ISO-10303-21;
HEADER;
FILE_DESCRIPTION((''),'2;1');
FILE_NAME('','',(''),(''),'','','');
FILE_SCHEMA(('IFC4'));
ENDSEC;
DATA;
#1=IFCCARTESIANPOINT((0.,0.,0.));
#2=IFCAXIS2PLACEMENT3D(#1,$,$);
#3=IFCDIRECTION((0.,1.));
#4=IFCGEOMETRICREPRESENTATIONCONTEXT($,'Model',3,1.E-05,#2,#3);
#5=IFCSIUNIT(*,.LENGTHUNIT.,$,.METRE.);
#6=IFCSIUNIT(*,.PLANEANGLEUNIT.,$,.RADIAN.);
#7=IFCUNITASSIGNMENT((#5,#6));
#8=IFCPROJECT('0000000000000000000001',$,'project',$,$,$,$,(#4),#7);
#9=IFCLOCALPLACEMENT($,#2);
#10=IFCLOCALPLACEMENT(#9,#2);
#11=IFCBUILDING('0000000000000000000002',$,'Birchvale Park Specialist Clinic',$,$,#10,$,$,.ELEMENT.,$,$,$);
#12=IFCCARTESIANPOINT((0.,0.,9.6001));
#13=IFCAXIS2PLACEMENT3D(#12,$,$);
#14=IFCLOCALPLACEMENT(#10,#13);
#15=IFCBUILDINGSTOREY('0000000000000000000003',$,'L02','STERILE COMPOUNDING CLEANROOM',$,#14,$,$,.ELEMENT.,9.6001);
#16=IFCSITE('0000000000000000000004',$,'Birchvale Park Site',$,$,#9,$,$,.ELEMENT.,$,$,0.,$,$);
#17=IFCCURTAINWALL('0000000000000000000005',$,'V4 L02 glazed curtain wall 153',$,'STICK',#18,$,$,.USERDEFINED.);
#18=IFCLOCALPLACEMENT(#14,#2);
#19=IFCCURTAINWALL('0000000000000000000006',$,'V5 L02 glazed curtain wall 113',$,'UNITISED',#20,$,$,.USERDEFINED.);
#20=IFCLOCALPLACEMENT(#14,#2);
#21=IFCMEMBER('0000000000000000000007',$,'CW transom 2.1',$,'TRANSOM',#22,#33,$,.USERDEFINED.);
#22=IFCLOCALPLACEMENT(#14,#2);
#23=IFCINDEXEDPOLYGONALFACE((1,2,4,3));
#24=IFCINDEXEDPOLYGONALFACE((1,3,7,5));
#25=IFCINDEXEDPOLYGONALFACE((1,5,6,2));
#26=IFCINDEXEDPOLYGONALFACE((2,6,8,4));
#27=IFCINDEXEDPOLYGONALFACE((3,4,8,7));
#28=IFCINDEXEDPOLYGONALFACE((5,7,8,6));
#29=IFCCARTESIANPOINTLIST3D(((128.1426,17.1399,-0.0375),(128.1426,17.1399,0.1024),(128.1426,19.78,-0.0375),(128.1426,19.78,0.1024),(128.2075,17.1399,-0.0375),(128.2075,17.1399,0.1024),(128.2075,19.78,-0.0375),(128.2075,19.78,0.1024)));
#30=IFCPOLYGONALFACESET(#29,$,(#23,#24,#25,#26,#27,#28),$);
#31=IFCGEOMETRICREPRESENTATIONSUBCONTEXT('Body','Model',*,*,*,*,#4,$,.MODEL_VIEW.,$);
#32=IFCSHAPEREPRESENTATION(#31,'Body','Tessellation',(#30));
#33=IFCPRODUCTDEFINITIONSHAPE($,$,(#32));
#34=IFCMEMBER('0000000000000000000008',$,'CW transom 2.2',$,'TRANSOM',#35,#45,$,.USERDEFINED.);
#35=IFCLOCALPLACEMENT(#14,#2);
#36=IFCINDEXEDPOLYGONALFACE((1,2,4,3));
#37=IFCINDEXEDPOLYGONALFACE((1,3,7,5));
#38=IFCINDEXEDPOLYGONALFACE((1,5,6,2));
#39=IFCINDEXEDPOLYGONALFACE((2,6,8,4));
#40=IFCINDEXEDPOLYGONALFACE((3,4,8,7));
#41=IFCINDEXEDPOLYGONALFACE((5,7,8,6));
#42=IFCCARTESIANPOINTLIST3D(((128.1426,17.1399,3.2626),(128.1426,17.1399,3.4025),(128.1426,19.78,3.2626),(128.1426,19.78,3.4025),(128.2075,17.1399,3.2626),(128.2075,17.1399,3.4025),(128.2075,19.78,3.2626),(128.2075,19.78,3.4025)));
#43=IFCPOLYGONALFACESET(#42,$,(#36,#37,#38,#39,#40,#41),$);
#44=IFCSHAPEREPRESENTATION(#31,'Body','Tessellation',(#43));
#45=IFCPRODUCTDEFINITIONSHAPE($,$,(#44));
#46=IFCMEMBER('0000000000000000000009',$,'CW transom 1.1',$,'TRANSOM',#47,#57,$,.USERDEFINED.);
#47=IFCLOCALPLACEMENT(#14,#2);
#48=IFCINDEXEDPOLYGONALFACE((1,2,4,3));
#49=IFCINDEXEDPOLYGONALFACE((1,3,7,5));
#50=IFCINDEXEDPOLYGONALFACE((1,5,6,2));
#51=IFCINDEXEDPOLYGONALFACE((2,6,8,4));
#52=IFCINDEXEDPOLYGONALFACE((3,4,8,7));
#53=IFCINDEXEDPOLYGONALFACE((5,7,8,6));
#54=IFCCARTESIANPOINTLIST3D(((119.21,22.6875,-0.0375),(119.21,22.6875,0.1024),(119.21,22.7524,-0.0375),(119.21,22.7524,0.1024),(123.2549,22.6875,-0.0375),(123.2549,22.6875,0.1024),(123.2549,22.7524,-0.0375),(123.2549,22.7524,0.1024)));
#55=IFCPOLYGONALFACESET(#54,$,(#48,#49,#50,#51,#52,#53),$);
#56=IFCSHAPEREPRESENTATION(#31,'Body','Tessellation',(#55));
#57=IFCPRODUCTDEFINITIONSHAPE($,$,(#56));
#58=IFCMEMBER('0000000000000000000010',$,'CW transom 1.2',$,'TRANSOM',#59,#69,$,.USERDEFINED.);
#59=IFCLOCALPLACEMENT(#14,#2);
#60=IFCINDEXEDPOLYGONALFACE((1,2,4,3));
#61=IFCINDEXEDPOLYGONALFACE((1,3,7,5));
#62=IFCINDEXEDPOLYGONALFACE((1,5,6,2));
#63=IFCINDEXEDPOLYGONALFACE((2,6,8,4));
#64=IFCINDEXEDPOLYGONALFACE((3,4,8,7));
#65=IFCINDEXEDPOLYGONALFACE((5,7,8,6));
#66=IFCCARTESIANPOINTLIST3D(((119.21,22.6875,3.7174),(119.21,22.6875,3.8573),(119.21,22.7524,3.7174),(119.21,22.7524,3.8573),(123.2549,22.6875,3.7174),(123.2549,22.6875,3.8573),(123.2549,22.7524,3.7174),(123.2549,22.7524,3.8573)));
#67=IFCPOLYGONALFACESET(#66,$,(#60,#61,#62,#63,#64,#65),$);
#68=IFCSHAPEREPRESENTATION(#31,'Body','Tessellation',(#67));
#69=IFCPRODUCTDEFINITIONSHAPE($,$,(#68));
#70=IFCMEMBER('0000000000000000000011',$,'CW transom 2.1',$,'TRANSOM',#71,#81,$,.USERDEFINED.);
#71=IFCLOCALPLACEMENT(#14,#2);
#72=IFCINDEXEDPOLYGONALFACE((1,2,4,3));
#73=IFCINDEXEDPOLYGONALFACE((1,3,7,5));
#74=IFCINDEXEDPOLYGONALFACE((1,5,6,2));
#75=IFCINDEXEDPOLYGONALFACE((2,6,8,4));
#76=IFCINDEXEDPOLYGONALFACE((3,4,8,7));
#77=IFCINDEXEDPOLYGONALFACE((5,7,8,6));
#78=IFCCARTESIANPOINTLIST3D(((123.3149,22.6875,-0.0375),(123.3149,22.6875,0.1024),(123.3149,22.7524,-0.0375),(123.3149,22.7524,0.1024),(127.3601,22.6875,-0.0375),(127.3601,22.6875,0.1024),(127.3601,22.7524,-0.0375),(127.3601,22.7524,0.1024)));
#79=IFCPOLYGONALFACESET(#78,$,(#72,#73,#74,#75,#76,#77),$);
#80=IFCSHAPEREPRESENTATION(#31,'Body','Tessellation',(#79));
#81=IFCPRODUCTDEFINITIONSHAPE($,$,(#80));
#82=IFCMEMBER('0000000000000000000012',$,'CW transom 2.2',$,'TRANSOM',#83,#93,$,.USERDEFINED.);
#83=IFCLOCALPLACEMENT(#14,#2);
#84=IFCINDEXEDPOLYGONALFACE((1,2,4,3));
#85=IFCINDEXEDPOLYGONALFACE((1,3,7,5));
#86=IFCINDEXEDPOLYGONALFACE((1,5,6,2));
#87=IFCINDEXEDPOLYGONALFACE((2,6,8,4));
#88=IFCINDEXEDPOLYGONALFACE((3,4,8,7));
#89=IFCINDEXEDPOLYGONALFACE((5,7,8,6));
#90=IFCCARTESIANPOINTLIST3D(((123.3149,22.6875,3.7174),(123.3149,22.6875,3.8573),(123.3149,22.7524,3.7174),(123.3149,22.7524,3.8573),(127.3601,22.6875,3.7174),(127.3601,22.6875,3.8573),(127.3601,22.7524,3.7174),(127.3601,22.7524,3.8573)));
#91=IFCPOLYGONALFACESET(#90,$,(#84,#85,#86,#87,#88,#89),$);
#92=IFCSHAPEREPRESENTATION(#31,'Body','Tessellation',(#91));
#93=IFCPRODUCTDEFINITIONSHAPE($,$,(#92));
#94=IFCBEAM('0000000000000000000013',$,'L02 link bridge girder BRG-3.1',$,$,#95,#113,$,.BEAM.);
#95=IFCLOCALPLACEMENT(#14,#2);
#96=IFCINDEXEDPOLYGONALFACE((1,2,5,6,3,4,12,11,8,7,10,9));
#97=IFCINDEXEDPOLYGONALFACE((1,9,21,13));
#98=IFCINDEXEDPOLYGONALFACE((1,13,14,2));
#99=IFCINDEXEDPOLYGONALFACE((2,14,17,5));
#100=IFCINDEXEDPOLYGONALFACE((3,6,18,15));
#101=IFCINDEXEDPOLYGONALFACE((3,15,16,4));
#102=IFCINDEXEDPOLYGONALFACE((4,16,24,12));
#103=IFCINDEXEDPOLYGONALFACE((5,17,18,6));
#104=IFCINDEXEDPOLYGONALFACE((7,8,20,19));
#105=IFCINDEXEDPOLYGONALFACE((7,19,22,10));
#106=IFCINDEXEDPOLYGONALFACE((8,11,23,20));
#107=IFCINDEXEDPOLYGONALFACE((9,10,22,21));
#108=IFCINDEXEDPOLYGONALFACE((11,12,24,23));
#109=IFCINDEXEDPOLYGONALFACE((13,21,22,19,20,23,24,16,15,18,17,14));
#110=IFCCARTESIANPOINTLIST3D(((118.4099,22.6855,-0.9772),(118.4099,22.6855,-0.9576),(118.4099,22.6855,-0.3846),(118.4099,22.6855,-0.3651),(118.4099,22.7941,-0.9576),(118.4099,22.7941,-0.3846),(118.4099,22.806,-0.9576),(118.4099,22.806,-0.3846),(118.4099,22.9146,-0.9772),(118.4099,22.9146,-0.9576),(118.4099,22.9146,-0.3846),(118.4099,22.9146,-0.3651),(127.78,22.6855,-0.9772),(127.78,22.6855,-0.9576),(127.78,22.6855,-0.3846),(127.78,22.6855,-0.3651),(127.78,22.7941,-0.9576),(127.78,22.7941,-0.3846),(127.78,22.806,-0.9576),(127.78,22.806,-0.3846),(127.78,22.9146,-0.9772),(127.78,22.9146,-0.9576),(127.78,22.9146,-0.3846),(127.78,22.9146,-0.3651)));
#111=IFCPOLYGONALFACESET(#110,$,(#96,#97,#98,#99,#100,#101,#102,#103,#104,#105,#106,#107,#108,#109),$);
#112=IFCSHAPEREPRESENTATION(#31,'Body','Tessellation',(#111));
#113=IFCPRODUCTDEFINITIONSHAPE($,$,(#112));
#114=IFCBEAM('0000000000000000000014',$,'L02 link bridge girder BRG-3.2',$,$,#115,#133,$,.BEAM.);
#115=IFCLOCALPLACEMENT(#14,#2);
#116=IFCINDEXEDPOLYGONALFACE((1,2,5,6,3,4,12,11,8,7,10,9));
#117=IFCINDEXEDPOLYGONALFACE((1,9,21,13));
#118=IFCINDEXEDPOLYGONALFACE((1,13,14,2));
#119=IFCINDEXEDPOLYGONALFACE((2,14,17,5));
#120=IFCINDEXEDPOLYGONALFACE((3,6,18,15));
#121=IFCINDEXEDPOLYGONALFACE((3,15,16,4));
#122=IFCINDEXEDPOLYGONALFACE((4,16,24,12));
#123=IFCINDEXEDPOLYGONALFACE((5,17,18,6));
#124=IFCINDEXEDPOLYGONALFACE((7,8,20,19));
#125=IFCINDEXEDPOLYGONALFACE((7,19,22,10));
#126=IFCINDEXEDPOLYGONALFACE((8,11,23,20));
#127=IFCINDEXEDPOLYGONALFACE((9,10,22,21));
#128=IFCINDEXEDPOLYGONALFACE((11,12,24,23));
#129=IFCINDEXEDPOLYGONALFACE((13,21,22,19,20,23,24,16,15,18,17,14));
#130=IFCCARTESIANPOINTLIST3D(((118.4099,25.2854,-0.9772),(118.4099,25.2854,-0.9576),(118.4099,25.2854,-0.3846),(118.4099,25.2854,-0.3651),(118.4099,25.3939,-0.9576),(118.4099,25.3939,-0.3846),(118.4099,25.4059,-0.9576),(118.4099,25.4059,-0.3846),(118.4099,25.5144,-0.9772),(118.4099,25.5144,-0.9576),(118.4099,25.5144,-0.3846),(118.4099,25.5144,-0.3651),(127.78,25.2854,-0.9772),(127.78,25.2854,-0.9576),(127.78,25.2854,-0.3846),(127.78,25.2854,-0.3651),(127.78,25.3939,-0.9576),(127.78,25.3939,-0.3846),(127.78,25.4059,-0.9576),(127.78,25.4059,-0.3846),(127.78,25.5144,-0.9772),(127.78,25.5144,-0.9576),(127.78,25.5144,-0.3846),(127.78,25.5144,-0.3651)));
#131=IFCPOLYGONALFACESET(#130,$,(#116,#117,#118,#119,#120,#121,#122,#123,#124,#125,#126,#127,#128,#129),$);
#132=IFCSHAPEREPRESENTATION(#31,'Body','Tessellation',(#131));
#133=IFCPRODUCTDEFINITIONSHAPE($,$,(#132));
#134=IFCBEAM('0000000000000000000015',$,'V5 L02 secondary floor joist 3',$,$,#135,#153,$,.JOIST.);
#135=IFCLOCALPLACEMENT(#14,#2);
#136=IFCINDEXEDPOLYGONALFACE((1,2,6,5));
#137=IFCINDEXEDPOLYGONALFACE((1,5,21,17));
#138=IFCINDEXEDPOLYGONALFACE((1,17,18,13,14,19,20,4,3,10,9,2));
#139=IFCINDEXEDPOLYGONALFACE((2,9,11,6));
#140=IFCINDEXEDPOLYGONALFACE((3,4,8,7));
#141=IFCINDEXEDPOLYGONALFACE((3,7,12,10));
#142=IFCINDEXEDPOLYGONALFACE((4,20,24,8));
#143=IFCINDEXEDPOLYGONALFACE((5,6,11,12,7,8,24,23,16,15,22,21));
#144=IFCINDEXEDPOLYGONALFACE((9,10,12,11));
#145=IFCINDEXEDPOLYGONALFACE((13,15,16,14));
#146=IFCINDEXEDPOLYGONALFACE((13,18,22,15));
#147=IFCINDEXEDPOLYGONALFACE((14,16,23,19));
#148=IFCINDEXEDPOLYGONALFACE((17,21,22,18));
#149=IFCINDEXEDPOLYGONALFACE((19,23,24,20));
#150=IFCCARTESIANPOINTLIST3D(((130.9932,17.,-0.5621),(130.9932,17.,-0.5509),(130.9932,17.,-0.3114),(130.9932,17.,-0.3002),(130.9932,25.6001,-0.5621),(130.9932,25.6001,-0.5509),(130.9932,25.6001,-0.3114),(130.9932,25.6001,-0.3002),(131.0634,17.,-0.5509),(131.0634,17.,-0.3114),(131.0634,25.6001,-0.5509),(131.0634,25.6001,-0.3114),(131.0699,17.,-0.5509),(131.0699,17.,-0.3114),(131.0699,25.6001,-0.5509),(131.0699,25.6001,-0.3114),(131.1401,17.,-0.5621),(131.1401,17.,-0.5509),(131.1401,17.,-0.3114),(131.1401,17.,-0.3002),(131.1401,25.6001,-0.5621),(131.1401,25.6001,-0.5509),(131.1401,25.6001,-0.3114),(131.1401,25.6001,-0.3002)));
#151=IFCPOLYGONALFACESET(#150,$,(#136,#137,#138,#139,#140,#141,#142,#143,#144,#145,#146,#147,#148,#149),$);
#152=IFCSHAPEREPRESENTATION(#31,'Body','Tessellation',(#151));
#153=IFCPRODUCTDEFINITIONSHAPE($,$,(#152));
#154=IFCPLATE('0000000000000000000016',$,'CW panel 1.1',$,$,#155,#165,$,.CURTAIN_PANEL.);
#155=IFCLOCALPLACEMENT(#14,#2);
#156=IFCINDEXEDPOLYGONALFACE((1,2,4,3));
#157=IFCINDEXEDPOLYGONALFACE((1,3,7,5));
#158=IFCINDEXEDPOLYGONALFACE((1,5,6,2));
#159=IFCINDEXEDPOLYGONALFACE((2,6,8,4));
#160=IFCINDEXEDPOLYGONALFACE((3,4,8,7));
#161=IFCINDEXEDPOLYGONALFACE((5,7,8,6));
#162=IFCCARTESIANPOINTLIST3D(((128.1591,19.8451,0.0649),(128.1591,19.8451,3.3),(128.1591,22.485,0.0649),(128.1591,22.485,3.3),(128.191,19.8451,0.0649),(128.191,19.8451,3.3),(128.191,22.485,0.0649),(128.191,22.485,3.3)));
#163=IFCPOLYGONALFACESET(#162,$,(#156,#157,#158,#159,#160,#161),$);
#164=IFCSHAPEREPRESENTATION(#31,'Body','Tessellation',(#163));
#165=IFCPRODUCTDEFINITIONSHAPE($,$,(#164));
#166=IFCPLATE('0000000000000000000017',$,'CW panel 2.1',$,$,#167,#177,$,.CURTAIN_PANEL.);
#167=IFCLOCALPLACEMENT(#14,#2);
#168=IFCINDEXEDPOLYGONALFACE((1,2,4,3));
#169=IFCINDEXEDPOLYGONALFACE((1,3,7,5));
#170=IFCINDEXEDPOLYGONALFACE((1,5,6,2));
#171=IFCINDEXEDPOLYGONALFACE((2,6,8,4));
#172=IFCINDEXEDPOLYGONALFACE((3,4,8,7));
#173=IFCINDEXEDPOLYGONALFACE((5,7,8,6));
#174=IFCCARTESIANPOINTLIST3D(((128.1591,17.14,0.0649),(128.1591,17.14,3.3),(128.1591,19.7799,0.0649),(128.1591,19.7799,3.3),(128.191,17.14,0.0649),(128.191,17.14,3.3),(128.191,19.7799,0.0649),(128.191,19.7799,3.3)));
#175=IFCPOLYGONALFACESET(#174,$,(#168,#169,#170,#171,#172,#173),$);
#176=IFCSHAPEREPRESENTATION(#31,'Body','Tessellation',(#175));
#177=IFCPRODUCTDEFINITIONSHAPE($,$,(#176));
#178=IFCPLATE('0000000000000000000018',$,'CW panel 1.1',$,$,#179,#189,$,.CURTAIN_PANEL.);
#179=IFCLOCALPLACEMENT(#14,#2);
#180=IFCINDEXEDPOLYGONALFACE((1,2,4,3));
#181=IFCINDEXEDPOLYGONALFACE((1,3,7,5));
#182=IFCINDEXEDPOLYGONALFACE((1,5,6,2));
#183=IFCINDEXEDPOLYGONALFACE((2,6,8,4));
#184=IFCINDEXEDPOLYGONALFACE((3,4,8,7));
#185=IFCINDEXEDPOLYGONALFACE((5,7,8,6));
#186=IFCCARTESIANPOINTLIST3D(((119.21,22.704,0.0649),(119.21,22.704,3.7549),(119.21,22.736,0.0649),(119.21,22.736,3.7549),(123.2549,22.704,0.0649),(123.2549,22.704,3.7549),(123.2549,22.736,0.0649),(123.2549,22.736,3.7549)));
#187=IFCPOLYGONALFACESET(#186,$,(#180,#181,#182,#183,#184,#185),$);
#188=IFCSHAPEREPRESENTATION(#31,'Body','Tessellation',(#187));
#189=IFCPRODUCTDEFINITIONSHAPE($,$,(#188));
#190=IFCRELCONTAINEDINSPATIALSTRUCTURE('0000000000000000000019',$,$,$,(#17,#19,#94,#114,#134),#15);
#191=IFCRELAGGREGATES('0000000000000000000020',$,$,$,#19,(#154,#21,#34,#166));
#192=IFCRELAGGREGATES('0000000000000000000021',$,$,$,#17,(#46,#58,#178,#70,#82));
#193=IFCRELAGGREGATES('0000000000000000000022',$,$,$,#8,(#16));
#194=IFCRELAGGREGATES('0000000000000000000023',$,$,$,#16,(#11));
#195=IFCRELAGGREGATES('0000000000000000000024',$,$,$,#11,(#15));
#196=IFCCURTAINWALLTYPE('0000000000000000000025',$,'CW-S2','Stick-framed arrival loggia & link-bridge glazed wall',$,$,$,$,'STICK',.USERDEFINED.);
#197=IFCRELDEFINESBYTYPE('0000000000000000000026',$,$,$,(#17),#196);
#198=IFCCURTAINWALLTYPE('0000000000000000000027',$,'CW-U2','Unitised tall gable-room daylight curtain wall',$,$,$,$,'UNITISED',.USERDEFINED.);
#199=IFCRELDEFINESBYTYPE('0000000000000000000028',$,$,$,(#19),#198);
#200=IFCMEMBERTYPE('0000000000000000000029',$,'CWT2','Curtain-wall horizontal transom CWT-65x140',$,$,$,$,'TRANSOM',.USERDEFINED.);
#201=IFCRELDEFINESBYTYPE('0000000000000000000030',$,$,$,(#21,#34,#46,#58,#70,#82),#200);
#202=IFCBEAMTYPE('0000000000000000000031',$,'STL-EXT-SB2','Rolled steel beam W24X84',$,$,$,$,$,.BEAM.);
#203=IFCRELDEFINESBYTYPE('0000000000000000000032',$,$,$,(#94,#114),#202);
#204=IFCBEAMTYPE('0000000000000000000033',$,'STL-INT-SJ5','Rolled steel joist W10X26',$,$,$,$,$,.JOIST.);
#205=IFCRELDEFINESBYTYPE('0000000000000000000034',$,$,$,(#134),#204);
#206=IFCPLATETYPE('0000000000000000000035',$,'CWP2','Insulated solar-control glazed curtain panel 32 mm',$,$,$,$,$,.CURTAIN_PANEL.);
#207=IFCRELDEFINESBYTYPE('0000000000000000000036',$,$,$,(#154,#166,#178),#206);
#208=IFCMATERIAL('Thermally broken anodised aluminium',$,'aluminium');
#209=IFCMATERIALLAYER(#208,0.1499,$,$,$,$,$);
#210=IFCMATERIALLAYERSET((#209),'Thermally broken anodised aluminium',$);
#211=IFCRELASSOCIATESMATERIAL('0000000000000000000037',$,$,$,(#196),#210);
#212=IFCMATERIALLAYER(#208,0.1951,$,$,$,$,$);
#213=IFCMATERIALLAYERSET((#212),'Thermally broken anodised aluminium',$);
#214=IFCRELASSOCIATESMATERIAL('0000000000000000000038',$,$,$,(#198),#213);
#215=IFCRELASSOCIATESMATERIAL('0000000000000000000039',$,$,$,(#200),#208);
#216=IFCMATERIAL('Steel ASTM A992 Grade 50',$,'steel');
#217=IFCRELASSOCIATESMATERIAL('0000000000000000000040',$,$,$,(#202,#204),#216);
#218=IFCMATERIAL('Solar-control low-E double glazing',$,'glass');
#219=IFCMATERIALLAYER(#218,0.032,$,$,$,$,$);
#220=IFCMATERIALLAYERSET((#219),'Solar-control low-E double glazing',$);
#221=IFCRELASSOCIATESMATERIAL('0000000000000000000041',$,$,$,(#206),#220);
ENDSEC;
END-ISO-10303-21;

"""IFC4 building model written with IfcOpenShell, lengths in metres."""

from ifc_helpers import new_model, si_unit, direction, frame, origin, origin_2d, place, context, subcontext, project, spatial, rectangle, i_section, extrude, material, layer, layer_set, material_profile, profile_set, type_object, element, aggregate, save


model = new_model("IFC4")

# Units and contexts
model_context = context("Model", 3, precision=1e-05, world=origin(), true_north=direction((0.0, 1.0)))
body_context = subcontext(model_context, "Body", "Model", "MODEL_VIEW")
ifc_project = project(units=[si_unit("LENGTHUNIT", "METRE"), si_unit("PLANEANGLEUNIT", "RADIAN")], contexts=[model_context])

# Site, building, storey
site_placement = place(None, origin())
site = spatial("IfcSite", under=ifc_project, at=site_placement, Name="Birchvale Park Site", CompositionType="ELEMENT", RefElevation=0.0)
building_placement = place(site_placement, origin())
building = spatial("IfcBuilding", under=site, at=building_placement, Name="Birchvale Park Specialist Clinic", CompositionType="ELEMENT")
storey_placement = place(building_placement, frame((0.0, 0.0, 9.6001)))
storey = spatial("IfcBuildingStorey", under=building, at=storey_placement, Name="L02", Description="STERILE COMPOUNDING CLEANROOM", CompositionType="ELEMENT", Elevation=9.6001)

# Curtain wall
ifc_material_1 = material(Name="Thermally broken anodised aluminium", Category="aluminium")
ifc_layer_1 = layer(ifc_material_1, 0.1499)
ifc_layer_set_1 = layer_set([ifc_layer_1], Name="Thermally broken anodised aluminium")
curtain_wall_type_1 = type_object("IfcCurtainWallType", Name="CW-S2", Description="Stick-framed arrival loggia & link-bridge glazed wall", ElementType="STICK", PredefinedType="USERDEFINED", material=ifc_layer_set_1)
curtain_wall_1_placement = place(storey_placement, origin())
curtain_wall_1 = element("IfcCurtainWall", 1, at=curtain_wall_1_placement, inside=storey, type_object=curtain_wall_type_1, Name="V4 L02 glazed curtain wall 153", ObjectType="STICK", PredefinedType="USERDEFINED")

# Curtain wall, members
ifc_layer_2 = layer(ifc_material_1, 0.1951)
ifc_layer_set_2 = layer_set([ifc_layer_2], Name="Thermally broken anodised aluminium")
curtain_wall_type_2 = type_object("IfcCurtainWallType", Name="CW-U2", Description="Unitised tall gable-room daylight curtain wall", ElementType="UNITISED", PredefinedType="USERDEFINED", material=ifc_layer_set_2)
curtain_wall_2_placement = place(storey_placement, origin())
curtain_wall_2 = element("IfcCurtainWall", 2, at=curtain_wall_2_placement, inside=storey, type_object=curtain_wall_type_2, Name="V5 L02 glazed curtain wall 113", ObjectType="UNITISED", PredefinedType="USERDEFINED")
ifc_material_profile_1 = material_profile(ifc_material_1, rectangle(XDim=0.0649, YDim=0.1399, at=origin_2d()), Name="CWT-65x140")
ifc_profile_set_1 = profile_set([ifc_material_profile_1], Name="Thermally broken anodised aluminium")
member_type_1 = type_object("IfcMemberType", Name="CWT2", Description="Curtain-wall horizontal transom CWT-65x140", ElementType="TRANSOM", PredefinedType="USERDEFINED", material=ifc_profile_set_1)
member_1_placement = place(storey_placement, frame((128.175, 19.78, 0.0325), z_axis=(0.0, -1.0, 0.0), x_axis=(1.0, 0.0, 0.0)))
member_1 = element("IfcMember", 3, at=member_1_placement, type_object=member_type_1, Name="CW transom 2.1", ObjectType="TRANSOM", PredefinedType="USERDEFINED", context=body_context, shape_type="SweptSolid", body=[
    extrude(rectangle(XDim=0.0649, YDim=0.1399, at=origin_2d()), origin(), (0.0, 0.0, 1.0), 2.6401),
])
member_2_placement = place(storey_placement, frame((128.175, 19.78, 3.3325), z_axis=(0.0, -1.0, 0.0), x_axis=(1.0, 0.0, 0.0)))
member_2 = element("IfcMember", 4, at=member_2_placement, type_object=member_type_1, Name="CW transom 2.2", ObjectType="TRANSOM", PredefinedType="USERDEFINED", context=body_context, shape_type="SweptSolid", body=[
    extrude(rectangle(XDim=0.0649, YDim=0.1399, at=origin_2d()), origin(), (0.0, 0.0, 1.0), 2.6401),
])

# Members
member_3_placement = place(storey_placement, frame((119.21, 22.72, 0.0325), z_axis=(1.0, 0.0, 0.0), x_axis=(0.0, 1.0, 0.0)))
member_3 = element("IfcMember", 5, at=member_3_placement, type_object=member_type_1, Name="CW transom 1.1", ObjectType="TRANSOM", PredefinedType="USERDEFINED", context=body_context, shape_type="SweptSolid", body=[
    extrude(rectangle(XDim=0.0649, YDim=0.1399, at=origin_2d()), origin(), (0.0, 0.0, 1.0), 4.0449),
])
member_4_placement = place(storey_placement, frame((119.21, 22.72, 3.7874), z_axis=(1.0, 0.0, 0.0), x_axis=(0.0, 1.0, 0.0)))
member_4 = element("IfcMember", 6, at=member_4_placement, type_object=member_type_1, Name="CW transom 1.2", ObjectType="TRANSOM", PredefinedType="USERDEFINED", context=body_context, shape_type="SweptSolid", body=[
    extrude(rectangle(XDim=0.0649, YDim=0.1399, at=origin_2d()), origin(), (0.0, 0.0, 1.0), 4.0449),
])
member_5_placement = place(storey_placement, frame((123.3149, 22.72, 0.0325), z_axis=(1.0, 0.0, 0.0), x_axis=(0.0, 1.0, 0.0)))
member_5 = element("IfcMember", 7, at=member_5_placement, type_object=member_type_1, Name="CW transom 2.1", ObjectType="TRANSOM", PredefinedType="USERDEFINED", context=body_context, shape_type="SweptSolid", body=[
    extrude(rectangle(XDim=0.0649, YDim=0.1399, at=origin_2d()), origin(), (0.0, 0.0, 1.0), 4.0452),
])
member_6_placement = place(storey_placement, frame((123.3149, 22.72, 3.7874), z_axis=(1.0, 0.0, 0.0), x_axis=(0.0, 1.0, 0.0)))
member_6 = element("IfcMember", 8, at=member_6_placement, type_object=member_type_1, Name="CW transom 2.2", ObjectType="TRANSOM", PredefinedType="USERDEFINED", context=body_context, shape_type="SweptSolid", body=[
    extrude(rectangle(XDim=0.0649, YDim=0.1399, at=origin_2d()), origin(), (0.0, 0.0, 1.0), 4.0452),
])

# Beams
ifc_material_2 = material(Name="Steel ASTM A992 Grade 50", Category="steel")
ifc_material_profile_2 = material_profile(ifc_material_2, i_section(OverallWidth=0.229, OverallDepth=0.6121, WebThickness=0.012, FlangeThickness=0.0195, at=origin_2d()), Name="W24X84")
ifc_profile_set_2 = profile_set([ifc_material_profile_2], Name="Steel ASTM A992 Grade 50")
beam_type_1 = type_object("IfcBeamType", Name="STL-EXT-SB2", Description="Rolled steel beam W24X84", PredefinedType="BEAM", material=ifc_profile_set_2)
for number, where, z_axis, x_axis, name in (
    (9, (118.4099, 22.8, -0.6711), (1.0, 0.0, 0.0), (0.0, 1.0, 0.0), "L02 link bridge girder BRG-3.1"),
    (10, (118.4099, 25.3999, -0.6711), (1.0, 0.0, 0.0), (0.0, 1.0, 0.0), "L02 link bridge girder BRG-3.2"),
):
    element("IfcBeam", number, at=place(storey_placement, frame(where, z_axis=z_axis, x_axis=x_axis)), inside=storey, type_object=beam_type_1, Name=name, PredefinedType="BEAM", context=body_context, shape_type="SweptSolid", body=[
        extrude(i_section(OverallWidth=0.229, OverallDepth=0.6121, WebThickness=0.012, FlangeThickness=0.0195, at=origin_2d()), origin(), (0.0, 0.0, 1.0), 9.3701),
    ])
ifc_material_profile_3 = material_profile(ifc_material_2, i_section(OverallWidth=0.147, OverallDepth=0.262, WebThickness=0.0066, FlangeThickness=0.0112, at=origin_2d()), Name="W10X26")
ifc_profile_set_3 = profile_set([ifc_material_profile_3], Name="Steel ASTM A992 Grade 50")
beam_type_2 = type_object("IfcBeamType", Name="STL-INT-SJ5", Description="Rolled steel joist W10X26", PredefinedType="JOIST", material=ifc_profile_set_3)
beam_1_placement = place(storey_placement, frame((131.0667, 17.0, -0.4312), z_axis=(0.0, 1.0, 0.0), x_axis=(-1.0, 0.0, 0.0)))
element("IfcBeam", 11, at=beam_1_placement, inside=storey, type_object=beam_type_2, Name="V5 L02 secondary floor joist 3", PredefinedType="JOIST", context=body_context, shape_type="SweptSolid", body=[
    extrude(i_section(OverallWidth=0.147, OverallDepth=0.262, WebThickness=0.0066, FlangeThickness=0.0112, at=origin_2d()), origin(), (0.0, 0.0, 1.0), 8.6001),
])

# Plates
ifc_material_3 = material(Name="Solar-control low-E double glazing", Category="glass")
ifc_layer_3 = layer(ifc_material_3, 0.032)
ifc_layer_set_3 = layer_set([ifc_layer_3], Name="Solar-control low-E double glazing")
plate_type = type_object("IfcPlateType", Name="CWP2", Description="Insulated solar-control glazed curtain panel 32 mm", PredefinedType="CURTAIN_PANEL", material=ifc_layer_set_3)
plate_1_placement = place(storey_placement, frame((128.175, 21.165, 0.0649), z_axis=(0.0, 0.0, 1.0), x_axis=(0.0, -1.0, 0.0)))
plate_1 = element("IfcPlate", 12, at=plate_1_placement, type_object=plate_type, Name="CW panel 1.1", PredefinedType="CURTAIN_PANEL", context=body_context, shape_type="SweptSolid", body=[
    extrude(rectangle(XDim=2.6399, YDim=0.032, at=origin_2d()), origin(), (0.0, 0.0, 1.0), 3.2351),
])
plate_2_placement = place(storey_placement, frame((128.175, 18.46, 0.0649), z_axis=(0.0, 0.0, 1.0), x_axis=(0.0, -1.0, 0.0)))
plate_2 = element("IfcPlate", 13, at=plate_2_placement, type_object=plate_type, Name="CW panel 2.1", PredefinedType="CURTAIN_PANEL", context=body_context, shape_type="SweptSolid", body=[
    extrude(rectangle(XDim=2.6399, YDim=0.032, at=origin_2d()), origin(), (0.0, 0.0, 1.0), 3.2351),
])
aggregate(curtain_wall_2, [plate_1, member_1, member_2, plate_2])
plate_3_placement = place(storey_placement, frame((121.2324, 22.72, 0.0649), z_axis=(0.0, 0.0, 1.0), x_axis=(1.0, 0.0, 0.0)))
plate_3 = element("IfcPlate", 14, at=plate_3_placement, type_object=plate_type, Name="CW panel 1.1", PredefinedType="CURTAIN_PANEL", context=body_context, shape_type="SweptSolid", body=[
    extrude(rectangle(XDim=4.0449, YDim=0.032, at=origin_2d()), origin(), (0.0, 0.0, 1.0), 3.6899),
])
aggregate(curtain_wall_1, [member_3, member_4, plate_3, member_5, member_6])

save(model, "model.ifc")
